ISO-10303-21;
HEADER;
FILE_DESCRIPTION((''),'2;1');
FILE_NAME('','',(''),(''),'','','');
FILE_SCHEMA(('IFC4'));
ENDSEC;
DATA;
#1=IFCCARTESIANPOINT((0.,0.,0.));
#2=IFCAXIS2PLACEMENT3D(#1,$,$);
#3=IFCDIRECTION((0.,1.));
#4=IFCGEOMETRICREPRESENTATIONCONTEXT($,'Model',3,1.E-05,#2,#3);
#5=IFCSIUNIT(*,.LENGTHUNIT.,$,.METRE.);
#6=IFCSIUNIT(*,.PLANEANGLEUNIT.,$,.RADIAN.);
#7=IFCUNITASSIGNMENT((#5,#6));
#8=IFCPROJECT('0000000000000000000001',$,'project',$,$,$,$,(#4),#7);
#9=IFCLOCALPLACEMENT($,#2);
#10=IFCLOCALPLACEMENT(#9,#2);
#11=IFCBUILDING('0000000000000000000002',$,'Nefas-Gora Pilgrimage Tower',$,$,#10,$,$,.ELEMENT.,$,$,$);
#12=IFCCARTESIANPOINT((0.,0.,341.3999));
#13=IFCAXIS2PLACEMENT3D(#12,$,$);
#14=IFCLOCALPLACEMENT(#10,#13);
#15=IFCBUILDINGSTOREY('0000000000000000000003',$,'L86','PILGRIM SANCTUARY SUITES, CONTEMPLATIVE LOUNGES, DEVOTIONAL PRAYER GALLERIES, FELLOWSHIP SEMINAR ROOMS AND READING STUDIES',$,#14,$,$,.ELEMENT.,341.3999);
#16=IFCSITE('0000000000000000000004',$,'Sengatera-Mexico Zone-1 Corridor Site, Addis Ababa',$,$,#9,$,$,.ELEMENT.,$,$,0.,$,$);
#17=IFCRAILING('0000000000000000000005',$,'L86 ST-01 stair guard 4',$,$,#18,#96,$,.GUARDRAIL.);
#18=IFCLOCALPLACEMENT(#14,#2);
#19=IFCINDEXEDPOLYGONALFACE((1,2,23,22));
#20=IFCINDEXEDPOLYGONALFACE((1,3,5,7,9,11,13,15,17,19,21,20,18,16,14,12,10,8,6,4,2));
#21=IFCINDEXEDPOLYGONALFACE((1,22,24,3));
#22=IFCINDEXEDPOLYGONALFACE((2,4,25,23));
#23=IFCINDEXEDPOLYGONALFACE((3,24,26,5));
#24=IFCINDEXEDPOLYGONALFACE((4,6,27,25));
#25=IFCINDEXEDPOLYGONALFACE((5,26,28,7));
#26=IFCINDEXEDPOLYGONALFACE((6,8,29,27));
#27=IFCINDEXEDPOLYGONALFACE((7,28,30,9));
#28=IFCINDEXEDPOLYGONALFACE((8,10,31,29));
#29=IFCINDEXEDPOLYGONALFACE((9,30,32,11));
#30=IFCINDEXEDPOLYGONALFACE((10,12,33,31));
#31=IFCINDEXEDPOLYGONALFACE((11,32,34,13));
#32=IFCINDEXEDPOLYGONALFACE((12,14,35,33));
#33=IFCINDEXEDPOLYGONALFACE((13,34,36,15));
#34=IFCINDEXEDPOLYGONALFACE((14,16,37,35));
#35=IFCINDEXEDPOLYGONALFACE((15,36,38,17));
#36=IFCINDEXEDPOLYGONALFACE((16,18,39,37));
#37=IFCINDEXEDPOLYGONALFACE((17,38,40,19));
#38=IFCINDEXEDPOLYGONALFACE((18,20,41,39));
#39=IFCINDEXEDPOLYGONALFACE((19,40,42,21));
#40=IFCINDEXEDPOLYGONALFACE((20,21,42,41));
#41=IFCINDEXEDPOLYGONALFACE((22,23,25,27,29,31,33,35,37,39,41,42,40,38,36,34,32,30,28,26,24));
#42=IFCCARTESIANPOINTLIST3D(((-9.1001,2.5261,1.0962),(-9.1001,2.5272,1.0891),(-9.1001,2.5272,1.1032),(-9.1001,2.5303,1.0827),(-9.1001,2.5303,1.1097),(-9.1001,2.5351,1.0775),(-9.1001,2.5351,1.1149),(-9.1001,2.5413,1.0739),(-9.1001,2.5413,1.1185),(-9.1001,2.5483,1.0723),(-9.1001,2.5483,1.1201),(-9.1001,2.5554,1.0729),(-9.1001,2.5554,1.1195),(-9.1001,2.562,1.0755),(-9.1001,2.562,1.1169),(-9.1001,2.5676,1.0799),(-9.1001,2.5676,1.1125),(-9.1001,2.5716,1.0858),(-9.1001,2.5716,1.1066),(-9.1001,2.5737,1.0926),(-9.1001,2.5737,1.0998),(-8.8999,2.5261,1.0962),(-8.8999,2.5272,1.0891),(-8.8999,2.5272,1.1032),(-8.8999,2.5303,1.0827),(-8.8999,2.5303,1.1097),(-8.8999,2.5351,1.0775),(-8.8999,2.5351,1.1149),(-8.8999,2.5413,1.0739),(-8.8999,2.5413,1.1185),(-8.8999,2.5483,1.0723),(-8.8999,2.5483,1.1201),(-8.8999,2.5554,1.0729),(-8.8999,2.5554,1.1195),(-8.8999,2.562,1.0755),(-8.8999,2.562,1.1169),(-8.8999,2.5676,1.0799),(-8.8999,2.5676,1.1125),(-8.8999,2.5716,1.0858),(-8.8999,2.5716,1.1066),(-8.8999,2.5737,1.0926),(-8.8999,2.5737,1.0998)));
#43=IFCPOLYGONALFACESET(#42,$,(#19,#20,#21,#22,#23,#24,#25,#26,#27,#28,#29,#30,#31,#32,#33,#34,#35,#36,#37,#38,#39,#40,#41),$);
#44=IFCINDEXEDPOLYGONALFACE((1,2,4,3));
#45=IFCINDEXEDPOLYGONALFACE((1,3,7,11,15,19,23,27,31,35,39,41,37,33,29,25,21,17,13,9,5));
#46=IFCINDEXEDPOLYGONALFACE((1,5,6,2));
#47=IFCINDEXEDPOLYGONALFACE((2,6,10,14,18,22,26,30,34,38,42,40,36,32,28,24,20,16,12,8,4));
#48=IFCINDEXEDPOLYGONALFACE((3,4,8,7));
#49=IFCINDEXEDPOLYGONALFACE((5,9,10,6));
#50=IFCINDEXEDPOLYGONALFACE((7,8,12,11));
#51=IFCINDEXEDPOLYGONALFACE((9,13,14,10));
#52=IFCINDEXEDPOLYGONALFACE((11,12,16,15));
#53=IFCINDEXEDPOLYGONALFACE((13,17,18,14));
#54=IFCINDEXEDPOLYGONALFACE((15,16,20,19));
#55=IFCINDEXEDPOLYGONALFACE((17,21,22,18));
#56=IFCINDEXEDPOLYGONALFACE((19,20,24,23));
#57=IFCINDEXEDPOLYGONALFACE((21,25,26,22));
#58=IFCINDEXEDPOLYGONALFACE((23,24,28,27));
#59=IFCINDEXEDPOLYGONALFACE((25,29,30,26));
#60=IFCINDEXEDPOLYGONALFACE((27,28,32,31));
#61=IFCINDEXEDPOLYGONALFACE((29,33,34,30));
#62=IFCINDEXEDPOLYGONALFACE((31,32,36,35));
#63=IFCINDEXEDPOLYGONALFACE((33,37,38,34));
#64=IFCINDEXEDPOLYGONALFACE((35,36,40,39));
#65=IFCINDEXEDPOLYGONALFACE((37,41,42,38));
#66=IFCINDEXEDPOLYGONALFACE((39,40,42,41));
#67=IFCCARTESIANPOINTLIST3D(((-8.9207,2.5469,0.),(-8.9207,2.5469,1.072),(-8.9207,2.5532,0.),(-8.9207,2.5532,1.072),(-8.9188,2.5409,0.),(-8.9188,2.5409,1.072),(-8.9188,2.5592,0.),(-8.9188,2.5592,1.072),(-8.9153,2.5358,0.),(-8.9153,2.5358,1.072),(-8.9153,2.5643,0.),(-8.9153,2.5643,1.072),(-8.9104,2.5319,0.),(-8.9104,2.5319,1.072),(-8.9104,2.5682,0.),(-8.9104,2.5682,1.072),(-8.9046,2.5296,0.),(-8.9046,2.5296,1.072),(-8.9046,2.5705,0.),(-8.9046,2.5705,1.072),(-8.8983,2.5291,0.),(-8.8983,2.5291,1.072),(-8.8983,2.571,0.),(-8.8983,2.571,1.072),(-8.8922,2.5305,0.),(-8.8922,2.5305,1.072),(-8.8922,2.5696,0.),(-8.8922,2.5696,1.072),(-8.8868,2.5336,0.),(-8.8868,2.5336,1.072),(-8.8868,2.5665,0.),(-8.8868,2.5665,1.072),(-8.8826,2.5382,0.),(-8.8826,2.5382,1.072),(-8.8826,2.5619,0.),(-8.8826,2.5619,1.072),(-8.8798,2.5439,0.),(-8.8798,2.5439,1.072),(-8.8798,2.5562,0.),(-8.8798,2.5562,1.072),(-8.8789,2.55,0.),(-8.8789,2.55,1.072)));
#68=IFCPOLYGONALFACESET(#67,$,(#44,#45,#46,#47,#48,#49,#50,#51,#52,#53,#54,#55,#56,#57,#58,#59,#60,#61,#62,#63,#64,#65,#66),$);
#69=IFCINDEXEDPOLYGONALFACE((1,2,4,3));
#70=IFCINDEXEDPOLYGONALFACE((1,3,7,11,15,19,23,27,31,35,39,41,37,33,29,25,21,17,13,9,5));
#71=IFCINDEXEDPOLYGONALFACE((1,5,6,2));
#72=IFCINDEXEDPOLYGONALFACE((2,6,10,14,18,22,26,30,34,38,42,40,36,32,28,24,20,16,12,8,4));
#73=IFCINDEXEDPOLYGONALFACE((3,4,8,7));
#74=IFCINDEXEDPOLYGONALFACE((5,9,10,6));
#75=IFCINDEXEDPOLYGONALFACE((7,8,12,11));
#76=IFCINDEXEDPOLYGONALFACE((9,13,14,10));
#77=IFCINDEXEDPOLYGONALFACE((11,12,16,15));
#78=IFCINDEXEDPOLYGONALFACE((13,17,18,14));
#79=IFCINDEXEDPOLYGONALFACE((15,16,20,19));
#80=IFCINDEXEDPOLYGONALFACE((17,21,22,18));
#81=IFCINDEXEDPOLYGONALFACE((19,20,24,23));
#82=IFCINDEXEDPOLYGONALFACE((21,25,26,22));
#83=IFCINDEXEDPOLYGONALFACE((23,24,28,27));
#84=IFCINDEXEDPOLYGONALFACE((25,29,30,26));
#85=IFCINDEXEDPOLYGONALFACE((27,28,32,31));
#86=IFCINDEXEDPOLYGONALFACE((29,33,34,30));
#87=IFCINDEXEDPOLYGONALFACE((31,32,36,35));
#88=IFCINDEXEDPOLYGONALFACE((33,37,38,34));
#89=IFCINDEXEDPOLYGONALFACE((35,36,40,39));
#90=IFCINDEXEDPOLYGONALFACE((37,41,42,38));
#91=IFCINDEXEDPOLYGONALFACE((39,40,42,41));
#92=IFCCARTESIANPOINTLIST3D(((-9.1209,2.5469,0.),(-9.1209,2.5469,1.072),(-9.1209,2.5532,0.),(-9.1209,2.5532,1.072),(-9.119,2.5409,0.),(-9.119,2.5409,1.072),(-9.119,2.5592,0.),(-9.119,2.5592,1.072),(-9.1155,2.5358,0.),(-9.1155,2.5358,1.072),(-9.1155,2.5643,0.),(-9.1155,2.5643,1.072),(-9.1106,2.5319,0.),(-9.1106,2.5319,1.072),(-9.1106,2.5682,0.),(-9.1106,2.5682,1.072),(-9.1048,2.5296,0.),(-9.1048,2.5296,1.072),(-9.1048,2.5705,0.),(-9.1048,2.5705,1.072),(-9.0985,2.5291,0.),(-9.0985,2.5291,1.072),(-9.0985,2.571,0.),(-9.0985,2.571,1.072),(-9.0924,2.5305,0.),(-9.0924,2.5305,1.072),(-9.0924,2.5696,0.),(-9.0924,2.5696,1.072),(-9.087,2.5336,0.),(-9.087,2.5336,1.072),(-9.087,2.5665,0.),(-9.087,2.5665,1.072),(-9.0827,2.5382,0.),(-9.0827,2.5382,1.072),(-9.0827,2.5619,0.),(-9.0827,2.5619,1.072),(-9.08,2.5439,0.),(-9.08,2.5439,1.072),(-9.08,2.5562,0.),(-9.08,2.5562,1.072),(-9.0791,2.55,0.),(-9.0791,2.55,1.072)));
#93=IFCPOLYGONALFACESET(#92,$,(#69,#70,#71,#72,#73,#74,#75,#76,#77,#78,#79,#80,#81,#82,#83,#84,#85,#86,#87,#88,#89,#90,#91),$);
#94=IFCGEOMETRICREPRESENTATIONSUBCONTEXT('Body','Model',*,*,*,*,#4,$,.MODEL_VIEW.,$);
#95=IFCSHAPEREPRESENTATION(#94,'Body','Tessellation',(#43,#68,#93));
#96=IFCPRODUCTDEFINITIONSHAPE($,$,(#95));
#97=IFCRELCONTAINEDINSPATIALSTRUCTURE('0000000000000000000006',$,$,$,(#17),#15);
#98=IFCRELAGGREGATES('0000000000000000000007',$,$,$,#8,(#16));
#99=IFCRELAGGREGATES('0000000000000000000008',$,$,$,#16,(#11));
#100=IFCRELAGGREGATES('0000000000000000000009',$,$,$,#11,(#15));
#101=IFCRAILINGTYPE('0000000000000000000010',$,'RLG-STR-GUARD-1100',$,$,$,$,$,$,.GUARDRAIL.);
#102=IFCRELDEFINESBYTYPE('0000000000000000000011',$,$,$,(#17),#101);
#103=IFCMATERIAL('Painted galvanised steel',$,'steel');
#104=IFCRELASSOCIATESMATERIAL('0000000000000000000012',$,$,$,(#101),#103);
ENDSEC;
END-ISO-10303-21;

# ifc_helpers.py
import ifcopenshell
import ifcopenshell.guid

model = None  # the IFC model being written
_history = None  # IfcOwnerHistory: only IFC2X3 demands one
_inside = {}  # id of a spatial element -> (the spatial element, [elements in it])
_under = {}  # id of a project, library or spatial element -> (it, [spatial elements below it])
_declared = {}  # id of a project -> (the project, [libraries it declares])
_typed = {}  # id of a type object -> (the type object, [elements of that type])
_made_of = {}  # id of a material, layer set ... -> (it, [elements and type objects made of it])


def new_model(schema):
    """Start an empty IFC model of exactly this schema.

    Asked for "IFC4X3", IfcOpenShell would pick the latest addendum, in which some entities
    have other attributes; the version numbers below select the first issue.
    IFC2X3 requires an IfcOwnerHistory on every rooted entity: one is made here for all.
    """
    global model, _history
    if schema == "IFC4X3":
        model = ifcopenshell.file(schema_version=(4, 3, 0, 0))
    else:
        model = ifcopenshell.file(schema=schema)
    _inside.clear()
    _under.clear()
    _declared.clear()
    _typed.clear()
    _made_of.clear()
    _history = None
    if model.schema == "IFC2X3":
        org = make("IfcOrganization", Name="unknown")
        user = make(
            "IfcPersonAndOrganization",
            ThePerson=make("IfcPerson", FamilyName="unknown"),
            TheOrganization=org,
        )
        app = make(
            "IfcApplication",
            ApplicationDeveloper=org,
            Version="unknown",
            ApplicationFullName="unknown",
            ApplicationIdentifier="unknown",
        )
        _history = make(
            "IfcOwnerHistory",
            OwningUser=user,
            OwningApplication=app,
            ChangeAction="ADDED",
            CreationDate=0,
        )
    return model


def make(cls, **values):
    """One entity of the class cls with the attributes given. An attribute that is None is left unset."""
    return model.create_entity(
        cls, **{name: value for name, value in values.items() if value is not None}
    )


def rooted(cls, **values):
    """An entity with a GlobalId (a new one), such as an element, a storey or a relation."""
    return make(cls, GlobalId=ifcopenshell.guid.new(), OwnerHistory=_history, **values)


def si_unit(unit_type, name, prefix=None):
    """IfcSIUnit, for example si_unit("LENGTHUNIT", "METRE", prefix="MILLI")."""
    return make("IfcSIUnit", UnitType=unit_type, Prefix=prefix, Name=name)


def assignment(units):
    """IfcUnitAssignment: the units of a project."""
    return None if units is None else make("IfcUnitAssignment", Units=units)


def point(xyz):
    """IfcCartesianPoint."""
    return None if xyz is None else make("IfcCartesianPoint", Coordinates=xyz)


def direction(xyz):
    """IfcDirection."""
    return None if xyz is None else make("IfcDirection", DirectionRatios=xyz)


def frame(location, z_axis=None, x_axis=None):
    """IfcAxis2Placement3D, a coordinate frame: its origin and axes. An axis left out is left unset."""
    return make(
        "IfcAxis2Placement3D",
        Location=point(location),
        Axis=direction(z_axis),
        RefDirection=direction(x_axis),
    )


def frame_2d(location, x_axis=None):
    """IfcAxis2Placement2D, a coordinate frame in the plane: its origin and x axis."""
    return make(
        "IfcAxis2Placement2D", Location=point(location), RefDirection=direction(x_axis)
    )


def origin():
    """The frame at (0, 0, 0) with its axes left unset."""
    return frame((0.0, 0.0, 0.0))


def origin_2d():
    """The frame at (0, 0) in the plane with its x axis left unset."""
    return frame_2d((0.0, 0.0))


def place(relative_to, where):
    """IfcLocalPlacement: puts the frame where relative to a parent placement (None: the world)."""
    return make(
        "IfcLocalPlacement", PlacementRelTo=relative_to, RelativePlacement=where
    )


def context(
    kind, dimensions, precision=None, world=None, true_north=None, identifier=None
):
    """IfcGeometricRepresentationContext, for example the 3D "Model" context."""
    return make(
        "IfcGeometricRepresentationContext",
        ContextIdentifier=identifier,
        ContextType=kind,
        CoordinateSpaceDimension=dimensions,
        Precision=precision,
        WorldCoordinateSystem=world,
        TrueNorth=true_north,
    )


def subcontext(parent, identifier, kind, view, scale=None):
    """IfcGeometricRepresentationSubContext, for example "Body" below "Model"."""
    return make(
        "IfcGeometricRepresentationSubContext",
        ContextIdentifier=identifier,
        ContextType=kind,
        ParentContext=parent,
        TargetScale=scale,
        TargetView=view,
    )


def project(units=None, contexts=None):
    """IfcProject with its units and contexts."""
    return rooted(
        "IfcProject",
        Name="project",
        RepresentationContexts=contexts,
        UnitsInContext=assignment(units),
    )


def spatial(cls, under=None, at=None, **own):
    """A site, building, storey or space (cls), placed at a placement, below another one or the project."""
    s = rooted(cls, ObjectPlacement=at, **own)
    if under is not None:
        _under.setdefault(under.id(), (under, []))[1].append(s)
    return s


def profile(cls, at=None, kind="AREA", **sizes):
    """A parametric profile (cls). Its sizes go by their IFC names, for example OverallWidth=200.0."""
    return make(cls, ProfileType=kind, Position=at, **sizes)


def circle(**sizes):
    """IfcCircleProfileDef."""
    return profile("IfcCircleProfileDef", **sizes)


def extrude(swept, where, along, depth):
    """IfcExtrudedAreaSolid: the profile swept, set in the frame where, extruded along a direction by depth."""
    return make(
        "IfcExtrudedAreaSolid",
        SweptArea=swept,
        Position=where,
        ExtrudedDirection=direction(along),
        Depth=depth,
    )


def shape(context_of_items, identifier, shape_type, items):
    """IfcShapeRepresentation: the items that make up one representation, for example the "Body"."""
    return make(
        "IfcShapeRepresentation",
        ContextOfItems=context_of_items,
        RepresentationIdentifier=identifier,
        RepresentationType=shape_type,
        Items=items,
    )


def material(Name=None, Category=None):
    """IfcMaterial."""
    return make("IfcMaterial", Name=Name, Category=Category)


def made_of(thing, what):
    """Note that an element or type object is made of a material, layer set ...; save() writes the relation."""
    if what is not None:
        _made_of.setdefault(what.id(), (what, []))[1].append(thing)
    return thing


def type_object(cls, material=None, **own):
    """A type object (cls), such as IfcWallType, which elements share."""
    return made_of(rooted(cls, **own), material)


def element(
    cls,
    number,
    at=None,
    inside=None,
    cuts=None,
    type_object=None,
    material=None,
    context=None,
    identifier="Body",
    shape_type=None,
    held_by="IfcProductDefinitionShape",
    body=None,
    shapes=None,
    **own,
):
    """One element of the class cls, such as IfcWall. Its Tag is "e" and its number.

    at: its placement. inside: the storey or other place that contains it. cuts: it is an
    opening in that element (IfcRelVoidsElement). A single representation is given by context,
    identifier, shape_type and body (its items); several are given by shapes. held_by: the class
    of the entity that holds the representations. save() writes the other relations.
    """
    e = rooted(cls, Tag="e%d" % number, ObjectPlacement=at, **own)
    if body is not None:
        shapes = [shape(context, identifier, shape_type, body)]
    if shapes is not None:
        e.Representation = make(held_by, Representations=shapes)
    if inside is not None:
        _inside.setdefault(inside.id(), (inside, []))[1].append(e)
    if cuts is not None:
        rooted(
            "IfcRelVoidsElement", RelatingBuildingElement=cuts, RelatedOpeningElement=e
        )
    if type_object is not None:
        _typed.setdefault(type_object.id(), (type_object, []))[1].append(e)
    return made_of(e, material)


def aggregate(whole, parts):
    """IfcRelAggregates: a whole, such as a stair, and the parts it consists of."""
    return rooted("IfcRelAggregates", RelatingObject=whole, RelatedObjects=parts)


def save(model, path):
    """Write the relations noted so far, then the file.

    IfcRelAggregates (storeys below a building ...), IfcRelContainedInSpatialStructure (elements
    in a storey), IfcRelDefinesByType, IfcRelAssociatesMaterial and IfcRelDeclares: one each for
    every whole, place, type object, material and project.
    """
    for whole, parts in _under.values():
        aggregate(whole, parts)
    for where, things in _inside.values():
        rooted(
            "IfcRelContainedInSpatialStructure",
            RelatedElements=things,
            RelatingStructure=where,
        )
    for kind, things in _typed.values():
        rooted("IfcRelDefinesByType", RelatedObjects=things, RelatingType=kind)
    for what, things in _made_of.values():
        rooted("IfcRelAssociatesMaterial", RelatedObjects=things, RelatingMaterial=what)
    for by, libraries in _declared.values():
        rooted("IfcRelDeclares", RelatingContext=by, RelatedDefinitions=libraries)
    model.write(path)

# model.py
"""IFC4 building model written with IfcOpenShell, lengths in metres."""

from ifc_helpers import new_model, si_unit, direction, frame, origin, origin_2d, place, context, subcontext, project, spatial, circle, extrude, material, type_object, element, save


model = new_model("IFC4")

# Units and contexts
model_context = context("Model", 3, precision=1e-05, world=origin(), true_north=direction((0.0, 1.0)))
body_context = subcontext(model_context, "Body", "Model", "MODEL_VIEW")
ifc_project = project(units=[si_unit("LENGTHUNIT", "METRE"), si_unit("PLANEANGLEUNIT", "RADIAN")], contexts=[model_context])

# Site, building, storey
site_placement = place(None, origin())
site = spatial("IfcSite", under=ifc_project, at=site_placement, Name="Sengatera-Mexico Zone-1 Corridor Site, Addis Ababa", CompositionType="ELEMENT", RefElevation=0.0)
building_placement = place(site_placement, origin())
building = spatial("IfcBuilding", under=site, at=building_placement, Name="Nefas-Gora Pilgrimage Tower", CompositionType="ELEMENT")
storey_placement = place(building_placement, frame((0.0, 0.0, 341.3999)))
storey = spatial("IfcBuildingStorey", under=building, at=storey_placement, Name="L86", Description="PILGRIM SANCTUARY SUITES, CONTEMPLATIVE LOUNGES, DEVOTIONAL PRAYER GALLERIES, FELLOWSHIP SEMINAR ROOMS AND READING STUDIES", CompositionType="ELEMENT", Elevation=341.3999)

# Railing
ifc_material_1 = material(Name="Painted galvanised steel", Category="steel")
railing_type_1 = type_object("IfcRailingType", Name="RLG-STR-GUARD-1100", PredefinedType="GUARDRAIL", material=ifc_material_1)
railing_1_placement = place(storey_placement, frame((-8.8999, 2.55, 0.0)))
element("IfcRailing", 1, at=railing_1_placement, inside=storey, type_object=railing_type_1, Name="L86 ST-01 stair guard 4", PredefinedType="GUARDRAIL", context=body_context, shape_type="SweptSolid", body=[
    extrude(circle(Radius=0.0239, at=origin_2d()), frame((0.0, 0.0, 1.0962), z_axis=(-1.0, 0.0, 0.0), x_axis=(0.0, -1.0, 0.0)), (0.0, 0.0, 1.0), 0.2002),
    extrude(circle(Radius=0.021, at=origin_2d()), origin(), (0.0, 0.0, 1.0), 1.072),
    extrude(circle(Radius=0.021, at=origin_2d()), frame((-0.2002, 0.0, 0.0)), (0.0, 0.0, 1.0), 1.072),
])

save(model, "model.ifc")
